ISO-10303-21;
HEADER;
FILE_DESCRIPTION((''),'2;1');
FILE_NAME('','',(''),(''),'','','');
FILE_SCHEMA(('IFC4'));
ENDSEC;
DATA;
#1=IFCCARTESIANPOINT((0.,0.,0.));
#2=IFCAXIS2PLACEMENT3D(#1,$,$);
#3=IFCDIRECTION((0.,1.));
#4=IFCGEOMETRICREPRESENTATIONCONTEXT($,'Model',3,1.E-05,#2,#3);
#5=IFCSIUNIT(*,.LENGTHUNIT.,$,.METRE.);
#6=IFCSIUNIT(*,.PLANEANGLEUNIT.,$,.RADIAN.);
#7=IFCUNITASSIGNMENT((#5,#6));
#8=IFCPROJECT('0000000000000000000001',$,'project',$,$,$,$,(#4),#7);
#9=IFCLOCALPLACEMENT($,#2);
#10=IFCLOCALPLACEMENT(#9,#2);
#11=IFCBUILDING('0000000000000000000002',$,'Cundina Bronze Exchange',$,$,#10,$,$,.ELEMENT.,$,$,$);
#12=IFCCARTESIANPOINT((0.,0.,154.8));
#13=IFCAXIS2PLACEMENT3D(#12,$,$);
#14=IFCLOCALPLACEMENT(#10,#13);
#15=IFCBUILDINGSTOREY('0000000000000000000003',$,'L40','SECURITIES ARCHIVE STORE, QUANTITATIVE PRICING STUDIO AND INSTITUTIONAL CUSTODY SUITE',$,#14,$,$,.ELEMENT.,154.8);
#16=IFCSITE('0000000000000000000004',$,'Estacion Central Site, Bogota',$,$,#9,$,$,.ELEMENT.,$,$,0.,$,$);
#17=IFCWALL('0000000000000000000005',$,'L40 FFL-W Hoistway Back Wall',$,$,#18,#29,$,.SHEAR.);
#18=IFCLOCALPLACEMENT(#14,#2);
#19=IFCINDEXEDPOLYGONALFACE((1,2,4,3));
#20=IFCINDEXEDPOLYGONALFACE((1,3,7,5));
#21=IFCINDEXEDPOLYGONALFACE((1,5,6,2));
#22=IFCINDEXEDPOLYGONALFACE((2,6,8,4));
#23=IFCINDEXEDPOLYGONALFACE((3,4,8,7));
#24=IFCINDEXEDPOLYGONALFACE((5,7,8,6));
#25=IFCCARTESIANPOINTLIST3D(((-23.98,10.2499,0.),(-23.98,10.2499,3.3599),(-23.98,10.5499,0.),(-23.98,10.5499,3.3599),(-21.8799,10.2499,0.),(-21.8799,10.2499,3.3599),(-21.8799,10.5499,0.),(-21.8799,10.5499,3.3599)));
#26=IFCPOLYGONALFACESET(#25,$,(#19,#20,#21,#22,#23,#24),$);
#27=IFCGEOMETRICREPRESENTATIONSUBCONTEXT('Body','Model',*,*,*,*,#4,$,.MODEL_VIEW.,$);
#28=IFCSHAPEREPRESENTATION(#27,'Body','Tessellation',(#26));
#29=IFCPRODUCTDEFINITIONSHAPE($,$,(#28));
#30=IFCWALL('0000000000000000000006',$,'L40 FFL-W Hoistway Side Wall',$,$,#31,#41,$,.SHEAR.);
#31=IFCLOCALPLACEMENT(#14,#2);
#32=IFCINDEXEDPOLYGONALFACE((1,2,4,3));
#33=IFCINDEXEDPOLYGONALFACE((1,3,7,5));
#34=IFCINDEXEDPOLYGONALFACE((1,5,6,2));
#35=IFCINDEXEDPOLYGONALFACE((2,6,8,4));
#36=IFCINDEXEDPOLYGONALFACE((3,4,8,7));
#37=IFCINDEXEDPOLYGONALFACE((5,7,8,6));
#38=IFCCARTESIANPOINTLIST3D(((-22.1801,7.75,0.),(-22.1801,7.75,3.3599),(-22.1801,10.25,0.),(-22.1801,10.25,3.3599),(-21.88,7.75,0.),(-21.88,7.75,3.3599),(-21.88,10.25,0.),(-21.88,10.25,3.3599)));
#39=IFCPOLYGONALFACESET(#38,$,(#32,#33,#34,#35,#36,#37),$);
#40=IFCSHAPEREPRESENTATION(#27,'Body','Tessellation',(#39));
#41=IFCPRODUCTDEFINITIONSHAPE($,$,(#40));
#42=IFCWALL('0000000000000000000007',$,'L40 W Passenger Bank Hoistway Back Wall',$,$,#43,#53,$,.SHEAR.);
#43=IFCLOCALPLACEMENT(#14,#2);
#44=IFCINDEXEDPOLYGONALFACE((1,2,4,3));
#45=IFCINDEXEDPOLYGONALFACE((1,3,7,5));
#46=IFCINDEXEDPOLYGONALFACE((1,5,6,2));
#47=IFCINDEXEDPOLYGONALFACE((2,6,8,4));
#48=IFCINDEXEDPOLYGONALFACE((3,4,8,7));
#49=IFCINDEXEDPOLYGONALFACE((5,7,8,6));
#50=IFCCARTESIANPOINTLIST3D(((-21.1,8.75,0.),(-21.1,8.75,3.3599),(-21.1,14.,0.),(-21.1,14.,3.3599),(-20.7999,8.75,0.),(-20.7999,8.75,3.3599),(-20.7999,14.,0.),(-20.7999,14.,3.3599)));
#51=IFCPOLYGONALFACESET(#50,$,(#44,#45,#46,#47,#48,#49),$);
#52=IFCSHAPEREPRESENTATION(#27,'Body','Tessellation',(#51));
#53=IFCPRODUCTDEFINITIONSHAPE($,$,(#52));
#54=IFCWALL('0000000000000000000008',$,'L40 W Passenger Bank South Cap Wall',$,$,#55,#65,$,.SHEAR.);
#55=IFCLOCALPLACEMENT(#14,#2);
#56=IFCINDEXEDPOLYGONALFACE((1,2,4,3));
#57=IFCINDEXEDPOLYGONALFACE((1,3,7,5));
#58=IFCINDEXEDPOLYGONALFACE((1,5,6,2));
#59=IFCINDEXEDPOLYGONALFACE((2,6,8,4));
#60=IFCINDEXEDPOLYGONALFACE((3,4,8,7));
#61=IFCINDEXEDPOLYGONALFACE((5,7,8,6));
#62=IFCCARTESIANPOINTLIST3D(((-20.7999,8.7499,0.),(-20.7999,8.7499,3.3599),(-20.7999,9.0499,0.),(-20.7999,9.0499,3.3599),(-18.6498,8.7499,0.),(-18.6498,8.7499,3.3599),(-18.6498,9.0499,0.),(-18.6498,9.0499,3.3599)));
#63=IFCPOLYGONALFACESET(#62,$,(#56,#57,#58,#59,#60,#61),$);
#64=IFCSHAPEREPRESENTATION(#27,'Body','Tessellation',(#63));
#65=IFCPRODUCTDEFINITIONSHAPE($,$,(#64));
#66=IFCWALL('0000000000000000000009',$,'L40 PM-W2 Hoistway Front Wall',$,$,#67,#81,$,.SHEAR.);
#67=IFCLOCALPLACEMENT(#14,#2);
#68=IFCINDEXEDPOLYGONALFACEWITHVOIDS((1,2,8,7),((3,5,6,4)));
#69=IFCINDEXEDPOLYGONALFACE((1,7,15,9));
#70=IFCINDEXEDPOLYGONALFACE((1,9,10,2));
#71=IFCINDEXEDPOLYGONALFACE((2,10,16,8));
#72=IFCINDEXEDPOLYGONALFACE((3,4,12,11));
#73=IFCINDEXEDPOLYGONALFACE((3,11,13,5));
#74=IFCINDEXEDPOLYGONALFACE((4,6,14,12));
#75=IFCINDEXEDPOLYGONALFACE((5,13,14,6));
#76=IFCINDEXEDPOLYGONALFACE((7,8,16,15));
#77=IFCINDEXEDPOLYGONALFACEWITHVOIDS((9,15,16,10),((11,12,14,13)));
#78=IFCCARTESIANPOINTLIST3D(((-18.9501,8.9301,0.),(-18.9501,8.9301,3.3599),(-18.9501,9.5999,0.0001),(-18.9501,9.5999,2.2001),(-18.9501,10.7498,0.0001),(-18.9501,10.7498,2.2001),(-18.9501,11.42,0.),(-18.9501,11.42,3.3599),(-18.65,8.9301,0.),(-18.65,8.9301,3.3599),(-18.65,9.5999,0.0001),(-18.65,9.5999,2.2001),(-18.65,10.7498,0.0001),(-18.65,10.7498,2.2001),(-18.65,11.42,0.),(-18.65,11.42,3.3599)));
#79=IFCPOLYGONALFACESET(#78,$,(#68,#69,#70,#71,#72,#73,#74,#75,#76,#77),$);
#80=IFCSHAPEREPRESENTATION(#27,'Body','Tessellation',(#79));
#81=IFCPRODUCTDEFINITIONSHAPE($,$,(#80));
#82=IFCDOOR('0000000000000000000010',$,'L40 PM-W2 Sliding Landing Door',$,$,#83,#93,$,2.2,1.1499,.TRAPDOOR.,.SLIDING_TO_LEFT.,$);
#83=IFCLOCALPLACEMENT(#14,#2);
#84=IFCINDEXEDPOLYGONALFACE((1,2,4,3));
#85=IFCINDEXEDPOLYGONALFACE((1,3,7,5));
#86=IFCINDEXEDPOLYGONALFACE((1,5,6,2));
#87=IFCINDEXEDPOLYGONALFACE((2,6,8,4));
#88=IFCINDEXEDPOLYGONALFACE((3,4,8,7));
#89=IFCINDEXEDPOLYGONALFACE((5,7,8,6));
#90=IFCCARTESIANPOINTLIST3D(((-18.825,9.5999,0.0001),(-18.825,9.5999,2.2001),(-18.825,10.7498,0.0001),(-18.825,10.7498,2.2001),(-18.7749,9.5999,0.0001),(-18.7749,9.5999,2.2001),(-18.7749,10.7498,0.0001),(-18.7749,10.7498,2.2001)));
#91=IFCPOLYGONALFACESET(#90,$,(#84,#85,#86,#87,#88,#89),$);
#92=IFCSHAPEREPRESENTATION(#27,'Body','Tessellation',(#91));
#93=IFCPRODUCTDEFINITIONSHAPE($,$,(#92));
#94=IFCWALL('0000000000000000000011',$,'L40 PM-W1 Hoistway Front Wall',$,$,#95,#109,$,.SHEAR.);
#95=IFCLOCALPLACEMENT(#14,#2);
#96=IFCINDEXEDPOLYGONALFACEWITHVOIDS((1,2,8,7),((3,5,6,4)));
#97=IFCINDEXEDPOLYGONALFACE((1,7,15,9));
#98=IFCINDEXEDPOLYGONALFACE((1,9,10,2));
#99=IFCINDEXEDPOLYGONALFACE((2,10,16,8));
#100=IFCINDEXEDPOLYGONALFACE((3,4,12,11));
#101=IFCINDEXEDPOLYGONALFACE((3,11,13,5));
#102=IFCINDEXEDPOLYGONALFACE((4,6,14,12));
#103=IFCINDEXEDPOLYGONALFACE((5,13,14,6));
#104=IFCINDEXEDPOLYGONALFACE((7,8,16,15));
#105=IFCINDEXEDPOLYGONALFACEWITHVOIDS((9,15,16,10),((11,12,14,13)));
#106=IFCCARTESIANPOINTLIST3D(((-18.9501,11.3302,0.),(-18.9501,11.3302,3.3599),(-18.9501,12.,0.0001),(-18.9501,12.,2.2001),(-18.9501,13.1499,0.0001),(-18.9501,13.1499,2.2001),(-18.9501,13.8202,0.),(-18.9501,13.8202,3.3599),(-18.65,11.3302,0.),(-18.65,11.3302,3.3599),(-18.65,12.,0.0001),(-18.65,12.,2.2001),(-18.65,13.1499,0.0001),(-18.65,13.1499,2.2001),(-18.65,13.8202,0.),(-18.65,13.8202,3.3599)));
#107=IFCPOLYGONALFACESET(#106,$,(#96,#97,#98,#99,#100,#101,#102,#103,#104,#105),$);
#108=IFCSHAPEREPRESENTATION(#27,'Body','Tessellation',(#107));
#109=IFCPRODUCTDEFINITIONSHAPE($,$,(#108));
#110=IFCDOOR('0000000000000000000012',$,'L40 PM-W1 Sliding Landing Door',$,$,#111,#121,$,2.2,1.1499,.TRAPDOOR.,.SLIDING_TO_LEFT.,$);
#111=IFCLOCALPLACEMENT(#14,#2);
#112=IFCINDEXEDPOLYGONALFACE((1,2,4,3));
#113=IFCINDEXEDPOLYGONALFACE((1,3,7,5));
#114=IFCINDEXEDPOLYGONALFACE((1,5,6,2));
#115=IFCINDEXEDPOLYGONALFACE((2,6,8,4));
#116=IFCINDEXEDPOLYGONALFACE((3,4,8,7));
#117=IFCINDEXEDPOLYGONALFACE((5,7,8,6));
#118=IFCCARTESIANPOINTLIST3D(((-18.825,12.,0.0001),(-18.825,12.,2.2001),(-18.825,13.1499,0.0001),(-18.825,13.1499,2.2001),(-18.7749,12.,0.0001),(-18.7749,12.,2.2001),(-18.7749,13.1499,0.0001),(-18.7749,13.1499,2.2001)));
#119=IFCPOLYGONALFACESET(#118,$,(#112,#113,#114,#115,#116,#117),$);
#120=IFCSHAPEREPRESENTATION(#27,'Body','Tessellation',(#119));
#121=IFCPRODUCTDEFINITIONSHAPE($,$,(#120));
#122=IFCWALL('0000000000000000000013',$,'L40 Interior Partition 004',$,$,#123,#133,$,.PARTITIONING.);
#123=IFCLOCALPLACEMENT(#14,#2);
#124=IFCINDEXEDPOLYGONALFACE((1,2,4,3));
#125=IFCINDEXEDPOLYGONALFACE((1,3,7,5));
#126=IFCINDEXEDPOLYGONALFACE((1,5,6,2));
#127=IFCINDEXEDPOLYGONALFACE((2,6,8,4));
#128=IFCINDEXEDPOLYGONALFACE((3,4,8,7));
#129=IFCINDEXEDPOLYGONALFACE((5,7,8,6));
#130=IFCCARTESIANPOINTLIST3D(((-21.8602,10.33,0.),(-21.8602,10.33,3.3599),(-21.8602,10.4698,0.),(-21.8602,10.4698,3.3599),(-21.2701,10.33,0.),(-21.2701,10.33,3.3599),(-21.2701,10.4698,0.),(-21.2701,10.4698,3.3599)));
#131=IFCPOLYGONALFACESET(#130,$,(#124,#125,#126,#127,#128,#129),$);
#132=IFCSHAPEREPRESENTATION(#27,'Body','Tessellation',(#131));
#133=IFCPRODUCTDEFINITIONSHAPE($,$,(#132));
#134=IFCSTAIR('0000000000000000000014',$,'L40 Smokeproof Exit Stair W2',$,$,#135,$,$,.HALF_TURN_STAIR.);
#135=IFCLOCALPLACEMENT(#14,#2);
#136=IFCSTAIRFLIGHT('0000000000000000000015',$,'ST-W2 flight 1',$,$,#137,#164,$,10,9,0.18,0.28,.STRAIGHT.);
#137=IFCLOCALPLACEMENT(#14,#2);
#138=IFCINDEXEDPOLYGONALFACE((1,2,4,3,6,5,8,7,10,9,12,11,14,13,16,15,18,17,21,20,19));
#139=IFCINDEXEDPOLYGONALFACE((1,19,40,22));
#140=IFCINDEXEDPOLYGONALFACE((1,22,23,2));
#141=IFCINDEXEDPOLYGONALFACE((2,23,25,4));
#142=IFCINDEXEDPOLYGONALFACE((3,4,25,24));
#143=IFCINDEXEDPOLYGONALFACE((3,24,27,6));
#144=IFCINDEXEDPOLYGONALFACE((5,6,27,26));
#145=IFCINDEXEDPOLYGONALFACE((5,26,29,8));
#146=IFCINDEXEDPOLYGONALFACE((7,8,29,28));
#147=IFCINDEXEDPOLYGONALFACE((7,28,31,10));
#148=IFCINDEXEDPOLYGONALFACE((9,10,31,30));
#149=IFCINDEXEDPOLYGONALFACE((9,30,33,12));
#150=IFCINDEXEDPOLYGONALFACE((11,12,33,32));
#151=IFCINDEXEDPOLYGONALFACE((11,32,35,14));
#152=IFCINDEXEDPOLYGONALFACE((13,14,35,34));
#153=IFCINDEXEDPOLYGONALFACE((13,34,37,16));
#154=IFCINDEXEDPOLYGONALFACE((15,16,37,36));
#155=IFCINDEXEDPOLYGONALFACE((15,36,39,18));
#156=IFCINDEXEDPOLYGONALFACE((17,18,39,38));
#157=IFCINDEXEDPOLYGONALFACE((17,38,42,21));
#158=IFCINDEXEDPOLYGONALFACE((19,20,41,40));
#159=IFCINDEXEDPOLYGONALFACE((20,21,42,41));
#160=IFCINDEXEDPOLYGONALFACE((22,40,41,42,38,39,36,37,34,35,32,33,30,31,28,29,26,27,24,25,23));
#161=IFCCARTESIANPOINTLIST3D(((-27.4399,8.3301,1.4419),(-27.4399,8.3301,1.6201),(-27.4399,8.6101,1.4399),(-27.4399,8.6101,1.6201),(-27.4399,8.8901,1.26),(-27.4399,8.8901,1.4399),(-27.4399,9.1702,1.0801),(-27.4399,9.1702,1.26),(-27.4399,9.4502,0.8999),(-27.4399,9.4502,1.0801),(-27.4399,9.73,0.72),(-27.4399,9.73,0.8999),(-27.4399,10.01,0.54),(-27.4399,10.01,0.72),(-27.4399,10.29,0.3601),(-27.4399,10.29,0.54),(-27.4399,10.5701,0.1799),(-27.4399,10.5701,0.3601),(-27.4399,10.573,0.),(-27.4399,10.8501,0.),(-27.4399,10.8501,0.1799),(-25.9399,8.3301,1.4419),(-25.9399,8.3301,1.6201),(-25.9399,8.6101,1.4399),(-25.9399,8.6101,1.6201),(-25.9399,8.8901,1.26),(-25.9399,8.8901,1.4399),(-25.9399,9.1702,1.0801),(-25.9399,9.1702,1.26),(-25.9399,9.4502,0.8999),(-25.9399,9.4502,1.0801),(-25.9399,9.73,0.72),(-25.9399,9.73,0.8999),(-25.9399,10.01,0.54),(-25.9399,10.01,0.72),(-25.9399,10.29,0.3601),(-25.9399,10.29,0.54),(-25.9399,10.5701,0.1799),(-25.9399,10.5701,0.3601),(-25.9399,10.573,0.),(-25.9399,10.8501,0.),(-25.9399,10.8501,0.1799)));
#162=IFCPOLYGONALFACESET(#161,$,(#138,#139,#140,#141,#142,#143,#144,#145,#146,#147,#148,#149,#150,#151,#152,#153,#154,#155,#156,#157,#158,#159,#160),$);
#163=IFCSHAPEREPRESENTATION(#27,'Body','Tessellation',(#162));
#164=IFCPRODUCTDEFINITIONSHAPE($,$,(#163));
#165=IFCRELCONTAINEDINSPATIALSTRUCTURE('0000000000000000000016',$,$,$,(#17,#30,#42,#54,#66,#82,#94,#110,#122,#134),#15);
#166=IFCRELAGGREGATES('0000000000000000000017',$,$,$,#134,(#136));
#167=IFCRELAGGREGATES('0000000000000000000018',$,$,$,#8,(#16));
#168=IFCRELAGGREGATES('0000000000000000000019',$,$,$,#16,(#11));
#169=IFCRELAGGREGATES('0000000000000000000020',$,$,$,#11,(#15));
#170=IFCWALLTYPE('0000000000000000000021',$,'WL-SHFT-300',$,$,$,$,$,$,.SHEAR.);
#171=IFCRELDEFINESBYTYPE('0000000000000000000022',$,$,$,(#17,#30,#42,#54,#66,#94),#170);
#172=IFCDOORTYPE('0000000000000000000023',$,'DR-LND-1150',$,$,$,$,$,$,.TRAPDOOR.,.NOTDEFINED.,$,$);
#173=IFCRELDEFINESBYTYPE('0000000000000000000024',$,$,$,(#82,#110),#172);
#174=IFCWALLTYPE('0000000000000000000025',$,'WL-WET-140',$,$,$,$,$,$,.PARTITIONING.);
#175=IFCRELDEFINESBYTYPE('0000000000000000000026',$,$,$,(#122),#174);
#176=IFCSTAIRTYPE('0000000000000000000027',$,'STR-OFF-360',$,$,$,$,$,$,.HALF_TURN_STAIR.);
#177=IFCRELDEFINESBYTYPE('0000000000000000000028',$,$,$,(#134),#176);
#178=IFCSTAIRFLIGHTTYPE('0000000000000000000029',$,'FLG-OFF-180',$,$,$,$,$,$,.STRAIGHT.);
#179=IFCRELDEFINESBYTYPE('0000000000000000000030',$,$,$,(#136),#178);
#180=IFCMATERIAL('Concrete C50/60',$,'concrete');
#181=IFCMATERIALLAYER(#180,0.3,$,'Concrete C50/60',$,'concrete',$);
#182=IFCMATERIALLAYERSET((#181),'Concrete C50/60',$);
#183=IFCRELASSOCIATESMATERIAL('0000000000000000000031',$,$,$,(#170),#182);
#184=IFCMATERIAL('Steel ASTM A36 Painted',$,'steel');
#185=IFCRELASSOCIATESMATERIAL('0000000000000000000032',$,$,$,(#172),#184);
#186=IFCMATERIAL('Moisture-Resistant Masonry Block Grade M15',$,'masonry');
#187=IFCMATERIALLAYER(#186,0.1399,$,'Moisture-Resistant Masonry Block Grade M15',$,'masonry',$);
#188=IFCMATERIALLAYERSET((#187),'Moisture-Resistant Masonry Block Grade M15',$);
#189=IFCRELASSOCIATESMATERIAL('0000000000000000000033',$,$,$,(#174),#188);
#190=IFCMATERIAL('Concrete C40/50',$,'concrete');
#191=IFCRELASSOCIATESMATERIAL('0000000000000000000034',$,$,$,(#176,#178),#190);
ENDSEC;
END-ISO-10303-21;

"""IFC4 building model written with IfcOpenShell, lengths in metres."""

from ifc_helpers import new_model, si_unit, direction, frame, frame_2d, origin, place, context, subcontext, project, spatial, polyline, rectangle, outline, extrude, material, layer, layer_set, type_object, element, fill, aggregate, save


model = new_model("IFC4")

# Units and contexts
model_context = context("Model", 3, precision=1e-05, world=origin(), true_north=direction((0.0, 1.0)))
body_context = subcontext(model_context, "Body", "Model", "MODEL_VIEW")
ifc_project = project(units=[si_unit("LENGTHUNIT", "METRE"), si_unit("PLANEANGLEUNIT", "RADIAN")], contexts=[model_context])

# Site, building, storey
site_placement = place(None, origin())
site = spatial("IfcSite", under=ifc_project, at=site_placement, Name="Estacion Central Site, Bogota", CompositionType="ELEMENT", RefElevation=0.0)
building_placement = place(site_placement, origin())
building = spatial("IfcBuilding", under=site, at=building_placement, Name="Cundina Bronze Exchange", CompositionType="ELEMENT")
storey_placement = place(building_placement, frame((0.0, 0.0, 154.8)))
storey = spatial("IfcBuildingStorey", under=building, at=storey_placement, Name="L40", Description="SECURITIES ARCHIVE STORE, QUANTITATIVE PRICING STUDIO AND INSTITUTIONAL CUSTODY SUITE", CompositionType="ELEMENT", Elevation=154.8)

# Shared definitions
ifc_material_1 = material(Name="Concrete C50/60", Category="concrete")

# Shared definitions
ifc_layer_1 = layer(ifc_material_1, 0.3, Name="Concrete C50/60", Category="concrete")
ifc_layer_set_1 = layer_set([ifc_layer_1], Name="Concrete C50/60")
wall_type_1 = type_object("IfcWallType", Name="WL-SHFT-300", PredefinedType="SHEAR", material=ifc_layer_set_1)
ifc_material_2 = material(Name="Steel ASTM A36 Painted", Category="steel")
door_type = type_object("IfcDoorType", Name="DR-LND-1150", OperationType="NOTDEFINED", PredefinedType="TRAPDOOR", material=ifc_material_2)

# Walls
wall_1_placement = place(storey_placement, frame((-23.98, 10.3999, 0.0), z_axis=(0.0, 0.0, 1.0), x_axis=(1.0, 0.0, 0.0)))
element("IfcWall", 1, at=wall_1_placement, inside=storey, type_object=wall_type_1, Name="L40 FFL-W Hoistway Back Wall", PredefinedType="SHEAR", context=body_context, shape_type="SweptSolid", body=[
    extrude(rectangle(XDim=2.1001, YDim=0.3, at=frame_2d((1.05, 0.0))), origin(), (0.0, 0.0, 1.0), 3.3599),
])
wall_2_placement = place(storey_placement, frame((-22.03, 7.75, 0.0), z_axis=(0.0, 0.0, 1.0), x_axis=(0.0, 1.0, 0.0)))
element("IfcWall", 2, at=wall_2_placement, inside=storey, type_object=wall_type_1, Name="L40 FFL-W Hoistway Side Wall", PredefinedType="SHEAR", context=body_context, shape_type="SweptSolid", body=[
    extrude(rectangle(XDim=2.5, YDim=0.3, at=frame_2d((1.25, 0.0))), origin(), (0.0, 0.0, 1.0), 3.3599),
])
wall_3_placement = place(storey_placement, frame((-20.95, 8.75, 0.0), z_axis=(0.0, 0.0, 1.0), x_axis=(0.0, 1.0, 0.0)))
element("IfcWall", 3, at=wall_3_placement, inside=storey, type_object=wall_type_1, Name="L40 W Passenger Bank Hoistway Back Wall", PredefinedType="SHEAR", context=body_context, shape_type="SweptSolid", body=[
    extrude(rectangle(XDim=5.25, YDim=0.3, at=frame_2d((2.625, 0.0))), origin(), (0.0, 0.0, 1.0), 3.3599),
])
wall_4_placement = place(storey_placement, frame((-20.8, 8.8999, 0.0), z_axis=(0.0, 0.0, 1.0), x_axis=(1.0, 0.0, 0.0)))
element("IfcWall", 4, at=wall_4_placement, inside=storey, type_object=wall_type_1, Name="L40 W Passenger Bank South Cap Wall", PredefinedType="SHEAR", context=body_context, shape_type="SweptSolid", body=[
    extrude(rectangle(XDim=2.1501, YDim=0.3, at=frame_2d((1.0752, 0.0))), origin(), (0.0, 0.0, 1.0), 3.3599),
])

# Walls, openings, doors
wall_5_placement = place(storey_placement, frame((-18.8, 8.9299, 0.0), z_axis=(0.0, 0.0, 1.0), x_axis=(0.0, 1.0, 0.0)))
wall_5 = element("IfcWall", 5, at=wall_5_placement, inside=storey, type_object=wall_type_1, Name="L40 PM-W2 Hoistway Front Wall", PredefinedType="SHEAR", context=body_context, shape_type="SweptSolid", body=[
    extrude(rectangle(XDim=2.49, YDim=0.3, at=frame_2d((1.2451, 0.0))), origin(), (0.0, 0.0, 1.0), 3.3599),
])
opening_1_placement = place(wall_5_placement, frame((0.6699, 0.0, 0.0)))
opening_1 = element("IfcOpeningElement", 6, at=opening_1_placement, cuts=wall_5, PredefinedType="OPENING", context=body_context, shape_type="SweptSolid", body=[
    extrude(rectangle(XDim=1.1499, YDim=2.2, at=frame_2d((0.575, 1.1001))), frame((0.0, 0.1599, 0.0), z_axis=(0.0, -1.0, 0.0), x_axis=(1.0, 0.0, 0.0)), (0.0, 0.0, 1.0), 0.3201),
])
door_1_placement = place(opening_1_placement, origin())
door_1 = element("IfcDoor", 7, at=door_1_placement, inside=storey, type_object=door_type, Name="L40 PM-W2 Sliding Landing Door", OperationType="SLIDING_TO_LEFT", OverallHeight=2.2, OverallWidth=1.1499, PredefinedType="TRAPDOOR", context=body_context, shape_type="SweptSolid", body=[
    extrude(rectangle(XDim=1.1499, YDim=2.2, at=frame_2d((0.575, 1.1001))), frame((0.0, 0.0249, 0.0), z_axis=(0.0, -1.0, 0.0), x_axis=(1.0, 0.0, 0.0)), (0.0, 0.0, 1.0), 0.05),
])
fill(opening_1, door_1)
wall_6_placement = place(storey_placement, frame((-18.8, 11.3301, 0.0), z_axis=(0.0, 0.0, 1.0), x_axis=(0.0, 1.0, 0.0)))
wall_6 = element("IfcWall", 8, at=wall_6_placement, inside=storey, type_object=wall_type_1, Name="L40 PM-W1 Hoistway Front Wall", PredefinedType="SHEAR", context=body_context, shape_type="SweptSolid", body=[
    extrude(rectangle(XDim=2.49, YDim=0.3, at=frame_2d((1.2451, 0.0))), origin(), (0.0, 0.0, 1.0), 3.3599),
])
opening_2_placement = place(wall_6_placement, frame((0.6699, 0.0, 0.0)))
opening_2 = element("IfcOpeningElement", 9, at=opening_2_placement, cuts=wall_6, PredefinedType="OPENING", context=body_context, shape_type="SweptSolid", body=[
    extrude(rectangle(XDim=1.1499, YDim=2.2, at=frame_2d((0.575, 1.1001))), frame((0.0, 0.1599, 0.0), z_axis=(0.0, -1.0, 0.0), x_axis=(1.0, 0.0, 0.0)), (0.0, 0.0, 1.0), 0.3201),
])
door_2_placement = place(opening_2_placement, origin())
door_2 = element("IfcDoor", 10, at=door_2_placement, inside=storey, type_object=door_type, Name="L40 PM-W1 Sliding Landing Door", OperationType="SLIDING_TO_LEFT", OverallHeight=2.2, OverallWidth=1.1499, PredefinedType="TRAPDOOR", context=body_context, shape_type="SweptSolid", body=[
    extrude(rectangle(XDim=1.1499, YDim=2.2, at=frame_2d((0.575, 1.1001))), frame((0.0, 0.0249, 0.0), z_axis=(0.0, -1.0, 0.0), x_axis=(1.0, 0.0, 0.0)), (0.0, 0.0, 1.0), 0.05),
])
fill(opening_2, door_2)

# Wall
ifc_material_3 = material(Name="Moisture-Resistant Masonry Block Grade M15", Category="masonry")
ifc_layer_2 = layer(ifc_material_3, 0.1399, Name="Moisture-Resistant Masonry Block Grade M15", Category="masonry")
ifc_layer_set_2 = layer_set([ifc_layer_2], Name="Moisture-Resistant Masonry Block Grade M15")
wall_type_2 = type_object("IfcWallType", Name="WL-WET-140", PredefinedType="PARTITIONING", material=ifc_layer_set_2)
wall_7_placement = place(storey_placement, frame((-21.8601, 10.3999, 0.0), z_axis=(0.0, 0.0, 1.0), x_axis=(1.0, 0.0, 0.0)))
element("IfcWall", 11, at=wall_7_placement, inside=storey, type_object=wall_type_2, Name="L40 Interior Partition 004", PredefinedType="PARTITIONING", context=body_context, shape_type="SweptSolid", body=[
    extrude(rectangle(XDim=0.5901, YDim=0.1399, at=frame_2d((0.2949, 0.0))), origin(), (0.0, 0.0, 1.0), 3.3599),
])

# Stair, stair flight
ifc_material_4 = material(Name="Concrete C40/50", Category="concrete")
stair_type = type_object("IfcStairType", Name="STR-OFF-360", PredefinedType="HALF_TURN_STAIR", material=ifc_material_4)
stair_placement = place(storey_placement, origin())
stair = element("IfcStair", 12, at=stair_placement, inside=storey, type_object=stair_type, Name="L40 Smokeproof Exit Stair W2", PredefinedType="HALF_TURN_STAIR")
stair_flight_type = type_object("IfcStairFlightType", Name="FLG-OFF-180", PredefinedType="STRAIGHT", material=ifc_material_4)
stair_flight_1_placement = place(storey_placement, frame((-26.6899, 10.8501, 0.0), z_axis=(0.0, 0.0, 1.0), x_axis=(0.0, -1.0, 0.0)))
stair_flight_1 = element("IfcStairFlight", 13, at=stair_flight_1_placement, type_object=stair_flight_type, Name="ST-W2 flight 1", NumberOfRisers=10, NumberOfTreads=9, PredefinedType="STRAIGHT", RiserHeight=0.18, TreadLength=0.28, context=body_context, shape_type="SweptSolid", body=[
    extrude(outline(polyline([(0.0, 0.0), (0.0, 0.1799), (0.28, 0.1799), (0.28, 0.3601), (0.5601, 0.3601), (0.5601, 0.54), (0.8401, 0.54), (0.8401, 0.72), (1.1201, 0.72), (1.1201, 0.8999), (1.3999, 0.8999), (1.3999, 1.0801), (1.6799, 1.0801), (1.6799, 1.26), (1.96, 1.26), (1.96, 1.4399), (2.24, 1.4399), (2.24, 1.6201), (2.52, 1.6201), (2.52, 1.8), (2.52, 1.4419), (0.2771, 0.0), (0.0, 0.0)])), frame((0.0, 0.75, 0.0), z_axis=(0.0, -1.0, 0.0), x_axis=(1.0, 0.0, 0.0)), (0.0, 0.0, 1.0), 1.5),
])
aggregate(stair, [stair_flight_1])

save(model, "model.ifc")
